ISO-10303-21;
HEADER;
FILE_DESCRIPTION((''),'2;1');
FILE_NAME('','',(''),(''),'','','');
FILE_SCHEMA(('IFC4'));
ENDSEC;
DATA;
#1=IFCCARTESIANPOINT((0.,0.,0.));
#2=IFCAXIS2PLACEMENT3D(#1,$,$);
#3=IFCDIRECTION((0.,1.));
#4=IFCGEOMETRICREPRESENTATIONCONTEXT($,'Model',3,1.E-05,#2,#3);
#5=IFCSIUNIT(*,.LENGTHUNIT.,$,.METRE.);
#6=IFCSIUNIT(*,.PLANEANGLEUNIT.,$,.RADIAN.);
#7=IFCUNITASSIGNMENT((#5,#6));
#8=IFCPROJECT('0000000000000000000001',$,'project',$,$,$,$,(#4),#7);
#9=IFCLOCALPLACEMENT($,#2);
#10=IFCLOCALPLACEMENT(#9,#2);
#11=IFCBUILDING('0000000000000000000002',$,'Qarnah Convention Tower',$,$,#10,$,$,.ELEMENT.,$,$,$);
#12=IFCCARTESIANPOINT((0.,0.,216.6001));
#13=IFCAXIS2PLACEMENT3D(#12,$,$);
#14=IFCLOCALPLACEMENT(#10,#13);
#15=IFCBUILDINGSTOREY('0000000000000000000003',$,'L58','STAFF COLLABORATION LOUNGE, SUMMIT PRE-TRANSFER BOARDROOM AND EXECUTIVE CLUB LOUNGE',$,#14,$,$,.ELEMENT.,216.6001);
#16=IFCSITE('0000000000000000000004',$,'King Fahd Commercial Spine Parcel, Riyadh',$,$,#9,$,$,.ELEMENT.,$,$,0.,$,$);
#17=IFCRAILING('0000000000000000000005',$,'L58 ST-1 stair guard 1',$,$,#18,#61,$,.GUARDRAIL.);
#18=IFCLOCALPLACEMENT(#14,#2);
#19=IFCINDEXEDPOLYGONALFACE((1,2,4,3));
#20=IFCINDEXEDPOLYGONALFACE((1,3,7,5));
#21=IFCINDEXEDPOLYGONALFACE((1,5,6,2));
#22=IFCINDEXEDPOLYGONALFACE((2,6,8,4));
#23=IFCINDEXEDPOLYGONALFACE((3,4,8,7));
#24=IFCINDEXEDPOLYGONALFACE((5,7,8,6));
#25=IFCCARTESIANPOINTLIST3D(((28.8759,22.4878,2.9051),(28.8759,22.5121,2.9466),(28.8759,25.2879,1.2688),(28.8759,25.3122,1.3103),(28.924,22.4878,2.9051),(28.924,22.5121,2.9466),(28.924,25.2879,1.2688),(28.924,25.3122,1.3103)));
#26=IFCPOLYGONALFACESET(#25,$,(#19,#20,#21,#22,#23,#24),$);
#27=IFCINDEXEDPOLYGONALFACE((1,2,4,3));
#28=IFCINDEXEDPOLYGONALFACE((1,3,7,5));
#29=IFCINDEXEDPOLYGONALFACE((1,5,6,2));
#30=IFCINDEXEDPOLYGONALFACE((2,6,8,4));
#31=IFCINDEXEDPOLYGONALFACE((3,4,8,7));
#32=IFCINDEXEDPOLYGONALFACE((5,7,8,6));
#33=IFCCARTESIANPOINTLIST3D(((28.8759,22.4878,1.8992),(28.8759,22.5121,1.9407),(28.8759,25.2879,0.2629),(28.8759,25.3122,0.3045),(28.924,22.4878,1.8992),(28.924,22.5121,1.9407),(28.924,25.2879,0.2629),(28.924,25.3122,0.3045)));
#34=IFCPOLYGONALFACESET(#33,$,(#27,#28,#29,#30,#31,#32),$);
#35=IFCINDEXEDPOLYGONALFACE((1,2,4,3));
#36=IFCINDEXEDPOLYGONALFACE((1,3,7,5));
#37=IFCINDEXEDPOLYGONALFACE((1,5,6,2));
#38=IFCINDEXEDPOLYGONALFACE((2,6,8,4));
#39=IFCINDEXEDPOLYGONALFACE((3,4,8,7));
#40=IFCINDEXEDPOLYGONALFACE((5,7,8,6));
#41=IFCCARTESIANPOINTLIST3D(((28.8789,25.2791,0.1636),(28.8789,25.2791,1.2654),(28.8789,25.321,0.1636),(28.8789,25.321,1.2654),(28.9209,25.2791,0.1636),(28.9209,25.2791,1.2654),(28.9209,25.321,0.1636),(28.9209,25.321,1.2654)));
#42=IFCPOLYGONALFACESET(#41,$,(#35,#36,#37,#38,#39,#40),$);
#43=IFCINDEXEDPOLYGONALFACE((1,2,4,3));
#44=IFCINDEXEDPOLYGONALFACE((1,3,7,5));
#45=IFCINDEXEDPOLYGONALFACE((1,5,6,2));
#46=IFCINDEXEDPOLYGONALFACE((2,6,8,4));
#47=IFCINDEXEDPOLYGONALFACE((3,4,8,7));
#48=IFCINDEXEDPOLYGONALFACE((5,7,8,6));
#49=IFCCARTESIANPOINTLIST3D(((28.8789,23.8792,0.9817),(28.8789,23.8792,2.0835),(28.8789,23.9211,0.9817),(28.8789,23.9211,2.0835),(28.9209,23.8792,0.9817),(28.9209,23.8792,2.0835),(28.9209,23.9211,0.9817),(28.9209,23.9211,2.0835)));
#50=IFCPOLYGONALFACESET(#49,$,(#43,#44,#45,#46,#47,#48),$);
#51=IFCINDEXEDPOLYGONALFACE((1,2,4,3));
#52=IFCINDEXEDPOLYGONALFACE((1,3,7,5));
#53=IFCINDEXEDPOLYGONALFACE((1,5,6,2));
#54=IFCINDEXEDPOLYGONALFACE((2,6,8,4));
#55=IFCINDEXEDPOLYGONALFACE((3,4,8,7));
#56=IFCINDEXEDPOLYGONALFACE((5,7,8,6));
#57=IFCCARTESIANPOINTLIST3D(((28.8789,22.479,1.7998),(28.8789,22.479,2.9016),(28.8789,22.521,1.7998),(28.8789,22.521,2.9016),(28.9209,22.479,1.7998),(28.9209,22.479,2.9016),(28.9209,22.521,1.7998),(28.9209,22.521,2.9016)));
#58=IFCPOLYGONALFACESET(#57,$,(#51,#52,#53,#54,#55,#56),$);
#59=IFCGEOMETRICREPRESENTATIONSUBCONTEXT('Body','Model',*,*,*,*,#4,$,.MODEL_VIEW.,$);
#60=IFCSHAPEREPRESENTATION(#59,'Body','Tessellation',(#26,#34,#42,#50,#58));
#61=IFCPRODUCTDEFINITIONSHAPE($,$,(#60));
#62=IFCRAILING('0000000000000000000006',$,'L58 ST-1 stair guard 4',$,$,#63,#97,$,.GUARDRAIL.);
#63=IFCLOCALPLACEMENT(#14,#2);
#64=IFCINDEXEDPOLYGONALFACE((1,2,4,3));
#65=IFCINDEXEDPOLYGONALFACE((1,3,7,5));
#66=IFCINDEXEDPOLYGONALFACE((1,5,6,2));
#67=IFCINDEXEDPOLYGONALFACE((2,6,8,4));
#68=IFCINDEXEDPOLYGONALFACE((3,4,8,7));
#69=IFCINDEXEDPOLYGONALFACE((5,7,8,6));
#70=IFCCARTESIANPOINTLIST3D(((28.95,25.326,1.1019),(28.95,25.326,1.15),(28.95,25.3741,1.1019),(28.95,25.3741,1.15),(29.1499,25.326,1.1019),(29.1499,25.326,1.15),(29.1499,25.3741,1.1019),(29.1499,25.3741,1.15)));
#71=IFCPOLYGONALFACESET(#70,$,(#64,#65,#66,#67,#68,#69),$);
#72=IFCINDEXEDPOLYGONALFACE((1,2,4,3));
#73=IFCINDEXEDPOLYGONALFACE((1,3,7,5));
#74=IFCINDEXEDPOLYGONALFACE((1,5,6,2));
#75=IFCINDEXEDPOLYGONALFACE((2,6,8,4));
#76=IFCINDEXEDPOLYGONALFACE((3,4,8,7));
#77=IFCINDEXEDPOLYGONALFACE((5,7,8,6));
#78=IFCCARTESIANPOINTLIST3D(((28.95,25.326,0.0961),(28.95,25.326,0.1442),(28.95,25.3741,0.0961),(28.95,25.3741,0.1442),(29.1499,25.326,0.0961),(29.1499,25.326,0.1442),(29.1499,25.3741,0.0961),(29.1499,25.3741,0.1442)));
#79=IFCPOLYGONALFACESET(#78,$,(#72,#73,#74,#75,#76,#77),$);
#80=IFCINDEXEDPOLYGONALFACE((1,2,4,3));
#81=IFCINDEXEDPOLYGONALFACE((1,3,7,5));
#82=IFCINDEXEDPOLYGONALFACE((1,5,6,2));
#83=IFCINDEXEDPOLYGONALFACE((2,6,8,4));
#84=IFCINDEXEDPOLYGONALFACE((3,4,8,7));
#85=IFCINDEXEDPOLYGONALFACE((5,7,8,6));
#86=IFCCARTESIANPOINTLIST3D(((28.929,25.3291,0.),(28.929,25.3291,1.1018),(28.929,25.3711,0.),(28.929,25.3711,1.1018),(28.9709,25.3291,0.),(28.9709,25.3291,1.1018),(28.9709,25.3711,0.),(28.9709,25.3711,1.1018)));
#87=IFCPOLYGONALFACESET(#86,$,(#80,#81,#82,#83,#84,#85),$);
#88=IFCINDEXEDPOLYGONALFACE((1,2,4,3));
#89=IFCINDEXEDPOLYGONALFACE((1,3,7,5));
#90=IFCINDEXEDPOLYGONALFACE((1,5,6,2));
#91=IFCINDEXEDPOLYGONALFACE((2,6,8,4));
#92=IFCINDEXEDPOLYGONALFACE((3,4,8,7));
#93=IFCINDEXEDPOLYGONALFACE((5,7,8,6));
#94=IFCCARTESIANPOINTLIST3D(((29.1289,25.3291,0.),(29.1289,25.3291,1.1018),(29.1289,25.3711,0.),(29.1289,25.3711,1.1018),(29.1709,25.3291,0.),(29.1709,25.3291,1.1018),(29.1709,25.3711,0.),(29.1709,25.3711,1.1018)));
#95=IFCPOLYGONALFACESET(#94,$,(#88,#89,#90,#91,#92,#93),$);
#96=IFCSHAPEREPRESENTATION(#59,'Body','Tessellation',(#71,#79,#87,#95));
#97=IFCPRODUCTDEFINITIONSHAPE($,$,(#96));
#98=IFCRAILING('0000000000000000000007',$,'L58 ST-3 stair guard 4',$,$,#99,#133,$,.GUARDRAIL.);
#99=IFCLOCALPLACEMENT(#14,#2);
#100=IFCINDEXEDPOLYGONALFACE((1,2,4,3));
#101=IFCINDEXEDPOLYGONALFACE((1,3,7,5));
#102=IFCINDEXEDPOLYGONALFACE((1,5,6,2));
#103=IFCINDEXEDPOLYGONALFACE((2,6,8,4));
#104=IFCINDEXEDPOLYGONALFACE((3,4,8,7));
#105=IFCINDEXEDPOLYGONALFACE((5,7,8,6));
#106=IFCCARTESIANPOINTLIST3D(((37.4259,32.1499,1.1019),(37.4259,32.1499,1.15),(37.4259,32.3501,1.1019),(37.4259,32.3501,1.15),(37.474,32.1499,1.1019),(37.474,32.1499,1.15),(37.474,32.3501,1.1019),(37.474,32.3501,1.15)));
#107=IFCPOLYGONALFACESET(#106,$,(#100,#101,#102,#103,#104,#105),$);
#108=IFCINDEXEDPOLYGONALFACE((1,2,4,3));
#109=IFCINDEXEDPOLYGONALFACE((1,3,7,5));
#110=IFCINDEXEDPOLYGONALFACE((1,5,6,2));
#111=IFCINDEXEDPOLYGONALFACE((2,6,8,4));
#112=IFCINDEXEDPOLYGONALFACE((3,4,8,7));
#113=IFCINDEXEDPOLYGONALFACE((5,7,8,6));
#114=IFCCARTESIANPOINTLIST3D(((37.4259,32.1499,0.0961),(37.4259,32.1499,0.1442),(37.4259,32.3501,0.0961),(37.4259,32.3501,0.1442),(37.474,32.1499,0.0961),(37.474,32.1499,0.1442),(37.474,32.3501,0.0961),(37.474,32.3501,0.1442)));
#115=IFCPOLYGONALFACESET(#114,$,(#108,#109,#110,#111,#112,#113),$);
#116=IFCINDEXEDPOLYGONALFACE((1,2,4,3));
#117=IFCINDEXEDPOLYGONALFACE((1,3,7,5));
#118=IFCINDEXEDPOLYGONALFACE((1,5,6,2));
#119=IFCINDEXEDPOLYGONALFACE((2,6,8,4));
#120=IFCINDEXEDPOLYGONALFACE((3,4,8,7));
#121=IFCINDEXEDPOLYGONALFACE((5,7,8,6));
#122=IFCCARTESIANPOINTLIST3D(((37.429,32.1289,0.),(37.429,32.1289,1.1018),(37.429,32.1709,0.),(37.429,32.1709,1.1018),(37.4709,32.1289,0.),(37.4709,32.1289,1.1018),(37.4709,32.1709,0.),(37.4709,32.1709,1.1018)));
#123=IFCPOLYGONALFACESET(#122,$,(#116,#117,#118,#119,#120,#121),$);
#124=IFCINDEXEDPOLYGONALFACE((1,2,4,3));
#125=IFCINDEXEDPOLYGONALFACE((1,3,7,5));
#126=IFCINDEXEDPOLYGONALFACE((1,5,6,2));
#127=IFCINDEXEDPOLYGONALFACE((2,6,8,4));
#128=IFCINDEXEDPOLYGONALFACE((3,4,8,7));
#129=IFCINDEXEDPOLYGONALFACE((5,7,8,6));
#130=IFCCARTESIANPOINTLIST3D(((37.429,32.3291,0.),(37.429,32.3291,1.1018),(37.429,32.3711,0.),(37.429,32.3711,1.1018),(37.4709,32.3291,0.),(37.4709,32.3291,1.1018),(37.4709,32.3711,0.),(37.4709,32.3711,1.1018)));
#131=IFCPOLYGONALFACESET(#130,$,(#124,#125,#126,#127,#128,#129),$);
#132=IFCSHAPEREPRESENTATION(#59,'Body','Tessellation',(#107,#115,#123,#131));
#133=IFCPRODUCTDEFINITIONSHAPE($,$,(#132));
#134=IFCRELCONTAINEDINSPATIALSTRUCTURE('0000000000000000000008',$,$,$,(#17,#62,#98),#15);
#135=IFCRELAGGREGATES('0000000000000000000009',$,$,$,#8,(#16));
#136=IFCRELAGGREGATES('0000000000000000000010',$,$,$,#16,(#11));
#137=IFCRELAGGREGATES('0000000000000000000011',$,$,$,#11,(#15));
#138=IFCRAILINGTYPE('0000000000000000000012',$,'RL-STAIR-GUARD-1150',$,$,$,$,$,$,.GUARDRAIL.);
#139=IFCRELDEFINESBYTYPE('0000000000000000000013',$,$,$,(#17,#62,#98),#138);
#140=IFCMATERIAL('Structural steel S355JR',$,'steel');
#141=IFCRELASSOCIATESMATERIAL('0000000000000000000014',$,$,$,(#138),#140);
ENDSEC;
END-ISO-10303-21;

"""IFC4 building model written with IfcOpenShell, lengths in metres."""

from ifc_helpers import new_model, si_unit, direction, frame, origin, origin_2d, place, context, subcontext, project, spatial, rectangle, extrude, material, type_object, element, save


model = new_model("IFC4")

# Units and contexts
model_context = context("Model", 3, precision=1e-05, world=origin(), true_north=direction((0.0, 1.0)))
body_context = subcontext(model_context, "Body", "Model", "MODEL_VIEW")
ifc_project = project(units=[si_unit("LENGTHUNIT", "METRE"), si_unit("PLANEANGLEUNIT", "RADIAN")], contexts=[model_context])

# Site, building, storey
site_placement = place(None, origin())
site = spatial("IfcSite", under=ifc_project, at=site_placement, Name="King Fahd Commercial Spine Parcel, Riyadh", CompositionType="ELEMENT", RefElevation=0.0)
building_placement = place(site_placement, origin())
building = spatial("IfcBuilding", under=site, at=building_placement, Name="Qarnah Convention Tower", CompositionType="ELEMENT")
storey_placement = place(building_placement, frame((0.0, 0.0, 216.6001)))
storey = spatial("IfcBuildingStorey", under=building, at=storey_placement, Name="L58", Description="STAFF COLLABORATION LOUNGE, SUMMIT PRE-TRANSFER BOARDROOM AND EXECUTIVE CLUB LOUNGE", CompositionType="ELEMENT", Elevation=216.6001)

# Shared definitions
ifc_material_1 = material(Name="Structural steel S355JR", Category="steel")

# Railings
railing_type = type_object("IfcRailingType", Name="RL-STAIR-GUARD-1150", PredefinedType="GUARDRAIL", material=ifc_material_1)
railing_1_placement = place(storey_placement, frame((28.8999, 25.3, 0.1636)))
element("IfcRailing", 1, at=railing_1_placement, inside=storey, type_object=railing_type, Name="L58 ST-1 stair guard 1", PredefinedType="GUARDRAIL", context=body_context, shape_type="SweptSolid", body=[
    extrude(rectangle(XDim=0.0481, YDim=0.0481, at=origin_2d()), frame((0.0, 0.0, 1.126), z_axis=(0.0, -0.863394, 0.504531), x_axis=(1.0, 0.0, 0.0)), (0.0, 0.0, 1.0), 3.2432),
    extrude(rectangle(XDim=0.0481, YDim=0.0481, at=origin_2d()), frame((0.0, 0.0, 0.1201), z_axis=(0.0, -0.863394, 0.504531), x_axis=(1.0, 0.0, 0.0)), (0.0, 0.0, 1.0), 3.2432),
    extrude(rectangle(XDim=0.042, YDim=0.042, at=origin_2d()), origin(), (0.0, 0.0, 1.0), 1.1018),
    extrude(rectangle(XDim=0.042, YDim=0.042, at=origin_2d()), frame((0.0, -1.3999, 0.8181)), (0.0, 0.0, 1.0), 1.1018),
    extrude(rectangle(XDim=0.042, YDim=0.042, at=origin_2d()), frame((0.0, -2.8, 1.6362)), (0.0, 0.0, 1.0), 1.1018),
])
railing_2_placement = place(storey_placement, frame((28.95, 25.3501, 0.0)))
element("IfcRailing", 2, at=railing_2_placement, inside=storey, type_object=railing_type, Name="L58 ST-1 stair guard 4", PredefinedType="GUARDRAIL", context=body_context, shape_type="SweptSolid", body=[
    extrude(rectangle(XDim=0.0481, YDim=0.0481, at=origin_2d()), frame((0.0, 0.0, 1.126), z_axis=(1.0, 0.0, 0.0), x_axis=(0.0, 1.0, 0.0)), (0.0, 0.0, 1.0), 0.2),
    extrude(rectangle(XDim=0.0481, YDim=0.0481, at=origin_2d()), frame((0.0, 0.0, 0.1201), z_axis=(1.0, 0.0, 0.0), x_axis=(0.0, 1.0, 0.0)), (0.0, 0.0, 1.0), 0.2),
    extrude(rectangle(XDim=0.042, YDim=0.042, at=origin_2d()), origin(), (0.0, 0.0, 1.0), 1.1018),
    extrude(rectangle(XDim=0.042, YDim=0.042, at=origin_2d()), frame((0.2, 0.0, 0.0)), (0.0, 0.0, 1.0), 1.1018),
])
railing_3_placement = place(storey_placement, frame((37.45, 32.1499, 0.0)))
element("IfcRailing", 3, at=railing_3_placement, inside=storey, type_object=railing_type, Name="L58 ST-3 stair guard 4", PredefinedType="GUARDRAIL", context=body_context, shape_type="SweptSolid", body=[
    extrude(rectangle(XDim=0.0481, YDim=0.0481, at=origin_2d()), frame((0.0, 0.0, 1.126), z_axis=(0.0, 1.0, 0.0), x_axis=(-1.0, 0.0, 0.0)), (0.0, 0.0, 1.0), 0.2002),
    extrude(rectangle(XDim=0.0481, YDim=0.0481, at=origin_2d()), frame((0.0, 0.0, 0.1201), z_axis=(0.0, 1.0, 0.0), x_axis=(-1.0, 0.0, 0.0)), (0.0, 0.0, 1.0), 0.2002),
    extrude(rectangle(XDim=0.042, YDim=0.042, at=origin_2d()), origin(), (0.0, 0.0, 1.0), 1.1018),
    extrude(rectangle(XDim=0.042, YDim=0.042, at=origin_2d()), frame((0.0, 0.2002, 0.0)), (0.0, 0.0, 1.0), 1.1018),
])

save(model, "model.ifc")
